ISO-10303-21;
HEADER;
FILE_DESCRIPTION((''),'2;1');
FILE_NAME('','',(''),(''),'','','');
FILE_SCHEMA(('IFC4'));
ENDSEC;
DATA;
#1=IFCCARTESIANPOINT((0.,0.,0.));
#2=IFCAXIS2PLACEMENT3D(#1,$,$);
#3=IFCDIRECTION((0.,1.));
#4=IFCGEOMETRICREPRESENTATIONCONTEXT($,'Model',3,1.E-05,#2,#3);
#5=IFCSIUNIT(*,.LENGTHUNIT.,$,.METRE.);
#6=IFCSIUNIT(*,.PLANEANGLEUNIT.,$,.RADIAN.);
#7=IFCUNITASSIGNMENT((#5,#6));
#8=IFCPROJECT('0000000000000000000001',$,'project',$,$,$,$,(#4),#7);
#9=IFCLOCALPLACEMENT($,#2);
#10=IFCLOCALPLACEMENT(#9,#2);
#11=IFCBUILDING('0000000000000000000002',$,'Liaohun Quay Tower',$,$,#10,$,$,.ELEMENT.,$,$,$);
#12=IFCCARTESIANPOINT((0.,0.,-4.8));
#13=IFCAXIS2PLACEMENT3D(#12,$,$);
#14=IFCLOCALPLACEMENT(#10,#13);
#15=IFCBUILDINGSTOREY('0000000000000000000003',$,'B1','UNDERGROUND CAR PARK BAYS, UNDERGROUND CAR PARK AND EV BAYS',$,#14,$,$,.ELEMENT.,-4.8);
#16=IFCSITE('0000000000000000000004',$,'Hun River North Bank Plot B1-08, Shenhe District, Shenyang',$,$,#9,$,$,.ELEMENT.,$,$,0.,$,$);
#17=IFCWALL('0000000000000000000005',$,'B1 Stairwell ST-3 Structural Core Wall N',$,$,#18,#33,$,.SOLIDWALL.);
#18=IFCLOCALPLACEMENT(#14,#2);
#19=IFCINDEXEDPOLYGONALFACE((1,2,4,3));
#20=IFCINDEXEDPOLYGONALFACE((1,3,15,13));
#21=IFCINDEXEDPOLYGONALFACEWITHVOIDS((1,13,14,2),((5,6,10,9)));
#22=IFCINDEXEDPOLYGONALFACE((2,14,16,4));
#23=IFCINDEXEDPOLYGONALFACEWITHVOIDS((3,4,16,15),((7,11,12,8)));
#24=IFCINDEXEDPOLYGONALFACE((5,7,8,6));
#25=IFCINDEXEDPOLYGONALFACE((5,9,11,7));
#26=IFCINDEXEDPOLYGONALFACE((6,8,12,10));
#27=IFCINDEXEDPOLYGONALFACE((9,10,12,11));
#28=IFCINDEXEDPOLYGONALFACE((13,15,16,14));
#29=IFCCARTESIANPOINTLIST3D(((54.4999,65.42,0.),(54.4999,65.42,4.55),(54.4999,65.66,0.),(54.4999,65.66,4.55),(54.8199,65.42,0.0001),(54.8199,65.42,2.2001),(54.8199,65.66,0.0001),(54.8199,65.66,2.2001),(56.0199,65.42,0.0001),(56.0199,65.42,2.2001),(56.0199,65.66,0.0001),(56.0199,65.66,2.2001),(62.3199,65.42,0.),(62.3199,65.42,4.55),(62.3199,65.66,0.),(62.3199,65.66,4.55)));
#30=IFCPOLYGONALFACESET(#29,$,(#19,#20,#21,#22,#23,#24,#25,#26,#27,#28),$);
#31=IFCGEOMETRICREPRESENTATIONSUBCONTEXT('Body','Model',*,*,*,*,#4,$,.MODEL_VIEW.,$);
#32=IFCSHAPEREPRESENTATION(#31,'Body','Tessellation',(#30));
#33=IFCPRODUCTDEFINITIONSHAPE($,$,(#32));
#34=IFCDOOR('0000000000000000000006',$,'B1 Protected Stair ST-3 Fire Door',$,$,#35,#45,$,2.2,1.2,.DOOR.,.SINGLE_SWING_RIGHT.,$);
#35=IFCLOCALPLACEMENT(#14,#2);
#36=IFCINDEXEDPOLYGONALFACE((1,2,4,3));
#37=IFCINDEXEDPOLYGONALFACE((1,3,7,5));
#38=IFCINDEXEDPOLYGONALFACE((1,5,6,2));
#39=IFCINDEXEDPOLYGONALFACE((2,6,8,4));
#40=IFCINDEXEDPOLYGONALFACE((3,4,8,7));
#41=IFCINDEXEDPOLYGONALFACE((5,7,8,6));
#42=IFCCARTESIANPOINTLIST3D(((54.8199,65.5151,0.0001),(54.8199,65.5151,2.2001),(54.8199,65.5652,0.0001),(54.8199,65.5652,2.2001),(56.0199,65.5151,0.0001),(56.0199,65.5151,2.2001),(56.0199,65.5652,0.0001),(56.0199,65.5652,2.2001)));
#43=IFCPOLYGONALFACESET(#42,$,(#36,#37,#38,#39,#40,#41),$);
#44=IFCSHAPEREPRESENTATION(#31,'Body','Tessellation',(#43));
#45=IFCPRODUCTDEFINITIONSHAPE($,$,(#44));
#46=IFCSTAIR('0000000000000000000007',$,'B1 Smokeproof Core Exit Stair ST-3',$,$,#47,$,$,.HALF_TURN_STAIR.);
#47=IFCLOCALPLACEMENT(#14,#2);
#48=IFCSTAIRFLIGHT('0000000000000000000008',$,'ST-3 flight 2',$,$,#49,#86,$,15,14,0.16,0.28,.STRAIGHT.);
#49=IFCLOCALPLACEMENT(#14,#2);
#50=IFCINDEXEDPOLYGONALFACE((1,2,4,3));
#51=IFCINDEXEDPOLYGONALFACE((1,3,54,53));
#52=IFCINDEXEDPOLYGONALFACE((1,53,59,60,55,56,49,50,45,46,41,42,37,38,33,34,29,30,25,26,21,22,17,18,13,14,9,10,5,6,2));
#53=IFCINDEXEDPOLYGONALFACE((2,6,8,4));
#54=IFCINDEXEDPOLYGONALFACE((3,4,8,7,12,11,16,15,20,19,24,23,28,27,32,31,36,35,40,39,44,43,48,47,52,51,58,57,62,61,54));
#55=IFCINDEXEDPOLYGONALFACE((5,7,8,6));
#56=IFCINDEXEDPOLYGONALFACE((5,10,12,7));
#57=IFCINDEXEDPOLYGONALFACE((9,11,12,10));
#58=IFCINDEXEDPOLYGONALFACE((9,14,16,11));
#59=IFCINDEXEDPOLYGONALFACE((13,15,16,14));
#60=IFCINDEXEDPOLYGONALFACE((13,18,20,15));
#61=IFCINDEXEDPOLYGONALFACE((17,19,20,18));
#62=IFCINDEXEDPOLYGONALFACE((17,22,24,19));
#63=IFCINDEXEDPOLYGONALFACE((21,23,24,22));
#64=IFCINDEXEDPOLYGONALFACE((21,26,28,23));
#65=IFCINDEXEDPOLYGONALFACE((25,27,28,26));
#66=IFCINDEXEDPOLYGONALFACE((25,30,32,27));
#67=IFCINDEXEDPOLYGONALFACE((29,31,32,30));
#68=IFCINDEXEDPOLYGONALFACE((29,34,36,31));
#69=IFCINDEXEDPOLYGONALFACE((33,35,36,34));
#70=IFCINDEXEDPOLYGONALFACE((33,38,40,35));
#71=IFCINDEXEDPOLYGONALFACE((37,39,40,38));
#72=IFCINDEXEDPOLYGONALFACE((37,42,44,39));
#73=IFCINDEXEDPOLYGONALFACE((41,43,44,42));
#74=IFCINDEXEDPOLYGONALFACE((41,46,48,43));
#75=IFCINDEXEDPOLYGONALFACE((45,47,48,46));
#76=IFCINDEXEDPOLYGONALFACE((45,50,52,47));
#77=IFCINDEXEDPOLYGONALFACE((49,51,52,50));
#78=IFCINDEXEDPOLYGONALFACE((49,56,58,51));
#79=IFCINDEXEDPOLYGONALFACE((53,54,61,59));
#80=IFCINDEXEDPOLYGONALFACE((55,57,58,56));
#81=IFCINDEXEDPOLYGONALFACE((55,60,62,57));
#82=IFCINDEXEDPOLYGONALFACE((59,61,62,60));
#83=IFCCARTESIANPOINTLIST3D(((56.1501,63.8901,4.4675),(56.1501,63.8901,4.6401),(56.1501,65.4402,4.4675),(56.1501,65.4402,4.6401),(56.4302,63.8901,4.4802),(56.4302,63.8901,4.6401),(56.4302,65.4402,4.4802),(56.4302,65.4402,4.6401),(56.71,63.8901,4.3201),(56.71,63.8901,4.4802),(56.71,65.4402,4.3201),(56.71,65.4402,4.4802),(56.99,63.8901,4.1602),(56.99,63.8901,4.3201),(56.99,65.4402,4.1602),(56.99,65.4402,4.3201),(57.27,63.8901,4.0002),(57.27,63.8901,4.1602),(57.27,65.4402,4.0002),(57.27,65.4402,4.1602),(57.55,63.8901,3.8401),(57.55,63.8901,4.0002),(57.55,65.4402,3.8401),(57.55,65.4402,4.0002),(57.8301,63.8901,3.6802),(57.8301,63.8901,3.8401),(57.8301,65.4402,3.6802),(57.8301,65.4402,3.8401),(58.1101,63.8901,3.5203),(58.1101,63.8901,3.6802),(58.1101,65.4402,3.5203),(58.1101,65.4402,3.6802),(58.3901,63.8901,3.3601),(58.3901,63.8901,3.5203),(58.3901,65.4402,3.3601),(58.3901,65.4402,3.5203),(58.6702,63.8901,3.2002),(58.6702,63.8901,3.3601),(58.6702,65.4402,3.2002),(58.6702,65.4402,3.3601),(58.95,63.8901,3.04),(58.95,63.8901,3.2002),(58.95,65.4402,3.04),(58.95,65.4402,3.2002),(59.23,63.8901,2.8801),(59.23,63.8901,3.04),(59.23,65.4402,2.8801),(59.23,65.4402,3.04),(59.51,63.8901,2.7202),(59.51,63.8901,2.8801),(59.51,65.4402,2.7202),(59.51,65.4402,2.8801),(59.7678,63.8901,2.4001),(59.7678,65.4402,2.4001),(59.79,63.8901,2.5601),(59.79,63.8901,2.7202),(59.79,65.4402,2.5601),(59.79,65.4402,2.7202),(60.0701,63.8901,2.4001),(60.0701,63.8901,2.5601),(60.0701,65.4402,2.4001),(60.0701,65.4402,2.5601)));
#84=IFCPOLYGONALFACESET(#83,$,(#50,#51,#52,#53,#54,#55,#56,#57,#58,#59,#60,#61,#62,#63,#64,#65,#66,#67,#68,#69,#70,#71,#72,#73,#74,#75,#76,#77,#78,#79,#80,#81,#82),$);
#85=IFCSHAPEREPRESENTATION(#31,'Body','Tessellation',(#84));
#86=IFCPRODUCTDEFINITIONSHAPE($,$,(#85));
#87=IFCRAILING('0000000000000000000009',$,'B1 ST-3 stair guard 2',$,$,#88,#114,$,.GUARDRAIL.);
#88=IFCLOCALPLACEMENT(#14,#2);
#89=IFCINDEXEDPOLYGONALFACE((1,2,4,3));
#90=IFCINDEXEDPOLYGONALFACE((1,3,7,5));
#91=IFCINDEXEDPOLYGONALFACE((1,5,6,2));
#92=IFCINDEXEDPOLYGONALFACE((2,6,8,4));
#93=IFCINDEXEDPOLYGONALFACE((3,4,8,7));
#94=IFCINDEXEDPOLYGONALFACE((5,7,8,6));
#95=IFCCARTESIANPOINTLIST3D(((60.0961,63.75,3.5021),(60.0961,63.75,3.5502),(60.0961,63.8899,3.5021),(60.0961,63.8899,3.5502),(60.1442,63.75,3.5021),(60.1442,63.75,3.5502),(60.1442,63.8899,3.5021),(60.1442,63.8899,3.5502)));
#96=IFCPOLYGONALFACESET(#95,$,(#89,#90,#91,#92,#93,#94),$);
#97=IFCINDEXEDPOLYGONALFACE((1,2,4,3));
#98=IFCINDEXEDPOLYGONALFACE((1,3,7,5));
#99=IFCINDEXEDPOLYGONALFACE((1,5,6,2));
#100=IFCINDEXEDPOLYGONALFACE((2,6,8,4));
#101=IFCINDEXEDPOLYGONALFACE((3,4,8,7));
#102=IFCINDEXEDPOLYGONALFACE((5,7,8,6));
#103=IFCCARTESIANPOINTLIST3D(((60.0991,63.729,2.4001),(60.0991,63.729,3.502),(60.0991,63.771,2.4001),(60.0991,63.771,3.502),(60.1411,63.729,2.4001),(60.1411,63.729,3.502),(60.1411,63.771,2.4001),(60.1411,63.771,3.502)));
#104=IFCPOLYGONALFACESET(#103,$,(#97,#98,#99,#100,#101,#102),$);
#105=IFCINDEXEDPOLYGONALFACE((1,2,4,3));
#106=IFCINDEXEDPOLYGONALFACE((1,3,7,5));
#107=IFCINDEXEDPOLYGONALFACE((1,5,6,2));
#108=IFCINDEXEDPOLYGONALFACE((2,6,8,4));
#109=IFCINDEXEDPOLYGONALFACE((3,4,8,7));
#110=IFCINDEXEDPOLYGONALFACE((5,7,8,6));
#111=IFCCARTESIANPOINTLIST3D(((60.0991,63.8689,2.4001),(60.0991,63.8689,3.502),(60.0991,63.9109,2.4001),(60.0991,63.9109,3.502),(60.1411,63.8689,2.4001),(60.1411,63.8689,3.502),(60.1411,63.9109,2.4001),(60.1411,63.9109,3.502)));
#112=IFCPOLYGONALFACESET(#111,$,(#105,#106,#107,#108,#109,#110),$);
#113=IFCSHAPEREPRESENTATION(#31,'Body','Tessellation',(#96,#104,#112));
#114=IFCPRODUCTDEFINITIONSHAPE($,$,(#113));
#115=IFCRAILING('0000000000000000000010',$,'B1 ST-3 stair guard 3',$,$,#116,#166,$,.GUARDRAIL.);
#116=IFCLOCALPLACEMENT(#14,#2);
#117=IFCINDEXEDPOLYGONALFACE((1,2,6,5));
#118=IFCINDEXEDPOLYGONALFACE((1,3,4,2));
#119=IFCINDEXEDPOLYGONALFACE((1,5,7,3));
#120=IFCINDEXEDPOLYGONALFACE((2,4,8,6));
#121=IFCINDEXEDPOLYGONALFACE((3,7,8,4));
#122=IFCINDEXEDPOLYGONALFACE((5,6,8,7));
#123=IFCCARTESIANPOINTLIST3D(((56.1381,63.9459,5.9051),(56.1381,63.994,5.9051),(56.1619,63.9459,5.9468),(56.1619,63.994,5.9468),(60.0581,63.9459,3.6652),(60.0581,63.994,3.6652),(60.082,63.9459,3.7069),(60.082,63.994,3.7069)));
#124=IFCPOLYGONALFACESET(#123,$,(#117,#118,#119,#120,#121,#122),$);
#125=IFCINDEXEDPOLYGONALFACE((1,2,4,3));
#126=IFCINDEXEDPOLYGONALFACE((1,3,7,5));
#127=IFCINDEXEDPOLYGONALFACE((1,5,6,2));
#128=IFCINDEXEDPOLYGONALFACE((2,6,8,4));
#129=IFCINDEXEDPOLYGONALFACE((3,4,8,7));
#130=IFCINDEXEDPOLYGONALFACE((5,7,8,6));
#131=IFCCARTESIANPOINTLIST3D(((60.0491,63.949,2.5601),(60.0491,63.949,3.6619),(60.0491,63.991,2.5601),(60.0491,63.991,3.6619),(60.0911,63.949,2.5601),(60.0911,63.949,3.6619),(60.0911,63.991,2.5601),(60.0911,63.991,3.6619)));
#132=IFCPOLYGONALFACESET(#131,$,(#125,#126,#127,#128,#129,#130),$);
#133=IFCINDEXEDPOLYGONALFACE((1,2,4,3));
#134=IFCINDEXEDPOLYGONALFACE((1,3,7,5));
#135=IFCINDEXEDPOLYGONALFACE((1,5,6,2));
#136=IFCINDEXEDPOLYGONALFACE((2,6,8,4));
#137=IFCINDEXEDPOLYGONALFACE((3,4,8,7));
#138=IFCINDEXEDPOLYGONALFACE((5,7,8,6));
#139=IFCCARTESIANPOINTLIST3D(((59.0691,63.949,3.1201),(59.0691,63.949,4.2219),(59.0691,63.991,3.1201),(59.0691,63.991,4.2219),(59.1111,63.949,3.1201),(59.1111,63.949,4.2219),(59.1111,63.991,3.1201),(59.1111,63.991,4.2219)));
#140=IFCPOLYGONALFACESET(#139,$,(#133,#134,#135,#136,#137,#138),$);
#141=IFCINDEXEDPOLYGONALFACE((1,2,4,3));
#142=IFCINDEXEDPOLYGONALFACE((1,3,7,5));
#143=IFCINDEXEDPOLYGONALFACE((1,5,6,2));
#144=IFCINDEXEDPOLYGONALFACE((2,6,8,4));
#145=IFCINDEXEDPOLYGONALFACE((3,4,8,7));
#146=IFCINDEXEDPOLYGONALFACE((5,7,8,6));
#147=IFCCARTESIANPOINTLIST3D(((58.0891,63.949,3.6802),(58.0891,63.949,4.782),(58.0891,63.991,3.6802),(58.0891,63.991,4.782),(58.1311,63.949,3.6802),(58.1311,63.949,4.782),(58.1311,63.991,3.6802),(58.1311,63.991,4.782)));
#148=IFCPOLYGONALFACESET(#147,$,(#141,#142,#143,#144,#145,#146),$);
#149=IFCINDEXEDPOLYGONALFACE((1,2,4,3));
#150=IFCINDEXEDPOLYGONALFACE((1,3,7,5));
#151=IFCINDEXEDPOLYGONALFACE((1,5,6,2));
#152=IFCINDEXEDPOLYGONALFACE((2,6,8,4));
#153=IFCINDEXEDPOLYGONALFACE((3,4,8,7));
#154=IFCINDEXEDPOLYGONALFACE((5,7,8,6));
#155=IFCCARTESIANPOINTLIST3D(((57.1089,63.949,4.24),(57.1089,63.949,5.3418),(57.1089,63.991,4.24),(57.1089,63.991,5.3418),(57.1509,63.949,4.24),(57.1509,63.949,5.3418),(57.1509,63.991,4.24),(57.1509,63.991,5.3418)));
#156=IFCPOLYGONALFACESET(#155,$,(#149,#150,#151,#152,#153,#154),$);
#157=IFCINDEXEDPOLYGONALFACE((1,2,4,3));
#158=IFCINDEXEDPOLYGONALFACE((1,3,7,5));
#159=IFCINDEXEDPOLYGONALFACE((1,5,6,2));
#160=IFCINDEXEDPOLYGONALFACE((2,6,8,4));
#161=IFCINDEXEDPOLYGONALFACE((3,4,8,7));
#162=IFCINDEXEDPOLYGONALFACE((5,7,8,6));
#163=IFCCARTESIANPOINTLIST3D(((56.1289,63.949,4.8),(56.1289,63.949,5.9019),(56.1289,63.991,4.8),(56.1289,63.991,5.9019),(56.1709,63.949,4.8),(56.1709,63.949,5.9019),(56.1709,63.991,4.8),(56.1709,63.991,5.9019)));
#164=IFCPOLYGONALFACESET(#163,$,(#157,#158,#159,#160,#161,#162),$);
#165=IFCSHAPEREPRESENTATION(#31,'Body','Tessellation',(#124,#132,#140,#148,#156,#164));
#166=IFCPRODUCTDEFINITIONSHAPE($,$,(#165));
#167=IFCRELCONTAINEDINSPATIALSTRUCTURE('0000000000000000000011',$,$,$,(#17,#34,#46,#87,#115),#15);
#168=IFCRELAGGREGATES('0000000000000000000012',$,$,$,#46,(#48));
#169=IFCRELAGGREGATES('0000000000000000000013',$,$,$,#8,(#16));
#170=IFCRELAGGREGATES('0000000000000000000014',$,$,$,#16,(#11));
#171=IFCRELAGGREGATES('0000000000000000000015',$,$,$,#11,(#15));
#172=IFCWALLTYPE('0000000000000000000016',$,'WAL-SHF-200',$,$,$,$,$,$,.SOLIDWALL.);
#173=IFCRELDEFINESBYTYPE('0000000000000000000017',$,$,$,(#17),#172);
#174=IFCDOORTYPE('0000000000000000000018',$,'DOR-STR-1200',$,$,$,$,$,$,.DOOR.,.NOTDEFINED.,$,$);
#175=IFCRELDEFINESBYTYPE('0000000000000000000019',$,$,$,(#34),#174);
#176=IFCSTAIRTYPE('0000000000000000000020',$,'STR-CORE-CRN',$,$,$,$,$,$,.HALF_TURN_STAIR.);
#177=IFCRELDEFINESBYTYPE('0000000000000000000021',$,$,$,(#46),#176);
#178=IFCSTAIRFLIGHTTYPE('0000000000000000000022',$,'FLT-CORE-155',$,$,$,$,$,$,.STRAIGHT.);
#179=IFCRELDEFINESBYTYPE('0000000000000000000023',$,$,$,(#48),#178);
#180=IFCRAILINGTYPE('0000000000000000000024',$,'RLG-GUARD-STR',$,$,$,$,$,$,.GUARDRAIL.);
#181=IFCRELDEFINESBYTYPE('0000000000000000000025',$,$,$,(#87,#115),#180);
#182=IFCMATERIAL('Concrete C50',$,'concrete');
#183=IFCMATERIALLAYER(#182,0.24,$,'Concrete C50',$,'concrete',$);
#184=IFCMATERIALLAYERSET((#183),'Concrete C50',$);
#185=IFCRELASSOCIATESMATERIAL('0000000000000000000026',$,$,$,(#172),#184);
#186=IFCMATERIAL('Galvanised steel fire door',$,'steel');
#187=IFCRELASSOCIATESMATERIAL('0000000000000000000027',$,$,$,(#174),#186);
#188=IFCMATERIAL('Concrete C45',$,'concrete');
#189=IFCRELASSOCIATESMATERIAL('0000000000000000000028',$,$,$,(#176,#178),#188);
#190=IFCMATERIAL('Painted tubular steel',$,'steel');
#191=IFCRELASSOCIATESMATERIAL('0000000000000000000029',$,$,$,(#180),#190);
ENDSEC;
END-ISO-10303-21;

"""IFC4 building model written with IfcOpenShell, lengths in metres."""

from ifc_helpers import new_model, si_unit, direction, frame, frame_2d, origin, origin_2d, place, context, subcontext, project, spatial, polyline, rectangle, outline, extrude, source, transform, mapped, material, layer, layer_set, type_object, element, fill, aggregate, save


model = new_model("IFC4")

# Units and contexts
model_context = context("Model", 3, precision=1e-05, world=origin(), true_north=direction((0.0, 1.0)))
body_context = subcontext(model_context, "Body", "Model", "MODEL_VIEW")
ifc_project = project(units=[si_unit("LENGTHUNIT", "METRE"), si_unit("PLANEANGLEUNIT", "RADIAN")], contexts=[model_context])

# Site, building, storey
site_placement = place(None, origin())
site = spatial("IfcSite", under=ifc_project, at=site_placement, Name="Hun River North Bank Plot B1-08, Shenhe District, Shenyang", CompositionType="ELEMENT", RefElevation=0.0)
building_placement = place(site_placement, origin())
building = spatial("IfcBuilding", under=site, at=building_placement, Name="Liaohun Quay Tower", CompositionType="ELEMENT")
storey_placement = place(building_placement, frame((0.0, 0.0, -4.8)))
storey = spatial("IfcBuildingStorey", under=building, at=storey_placement, Name="B1", Description="UNDERGROUND CAR PARK BAYS, UNDERGROUND CAR PARK AND EV BAYS", CompositionType="ELEMENT", Elevation=-4.8)

# Shared definitions
ifc_material_1 = material(Name="Concrete C50", Category="concrete")

# Shared definitions
ifc_layer_1 = layer(ifc_material_1, 0.24, Name="Concrete C50", Category="concrete")
ifc_layer_set_1 = layer_set([ifc_layer_1], Name="Concrete C50")
wall_type_1 = type_object("IfcWallType", Name="WAL-SHF-200", PredefinedType="SOLIDWALL", material=ifc_layer_set_1)

# Wall, opening, door
wall_1_placement = place(storey_placement, frame((62.3201, 65.54, 0.0), z_axis=(0.0, 0.0, 1.0), x_axis=(-1.0, 0.0, 0.0)))
wall_1 = element("IfcWall", 1, at=wall_1_placement, inside=storey, type_object=wall_type_1, Name="B1 Stairwell ST-3 Structural Core Wall N", PredefinedType="SOLIDWALL", context=body_context, shape_type="SweptSolid", body=[
    extrude(rectangle(XDim=7.8201, YDim=0.24, at=frame_2d((3.9102, 0.0))), origin(), (0.0, 0.0, 1.0), 4.55),
])
shared_shape_1 = source(origin(), body_context, "Body", "SweptSolid", [
    extrude(rectangle(XDim=1.2, YDim=2.2, at=frame_2d((0.6001, 1.1001))), frame((0.0, 0.1299, 0.0), z_axis=(0.0, -1.0, 0.0), x_axis=(1.0, 0.0, 0.0)), (0.0, 0.0, 1.0), 0.26),
])
opening_1_placement = place(wall_1_placement, frame((6.3, 0.0, 0.0)))
opening_1 = element("IfcOpeningElement", 2, at=opening_1_placement, cuts=wall_1, PredefinedType="OPENING", context=body_context, shape_type="MappedRepresentation", body=[
    mapped(shared_shape_1, transform((0.0, 0.0, 0.0), x_axis=(1.0, 0.0, 0.0), y_axis=(0.0, 1.0, 0.0), z_axis=(0.0, 0.0, 1.0), scale=1.0)),
])
ifc_material_2 = material(Name="Galvanised steel fire door", Category="steel")
door_type_1 = type_object("IfcDoorType", Name="DOR-STR-1200", OperationType="NOTDEFINED", PredefinedType="DOOR", material=ifc_material_2)
shared_shape_2 = source(origin(), body_context, "Body", "SweptSolid", [
    extrude(rectangle(XDim=1.2, YDim=2.2, at=frame_2d((0.6001, 1.1001))), frame((0.0, 0.0249, 0.0), z_axis=(0.0, -1.0, 0.0), x_axis=(1.0, 0.0, 0.0)), (0.0, 0.0, 1.0), 0.05),
])
door_1_placement = place(opening_1_placement, origin())
door_1 = element("IfcDoor", 3, at=door_1_placement, inside=storey, type_object=door_type_1, Name="B1 Protected Stair ST-3 Fire Door", OperationType="SINGLE_SWING_RIGHT", OverallHeight=2.2, OverallWidth=1.2, PredefinedType="DOOR", context=body_context, shape_type="MappedRepresentation", body=[
    mapped(shared_shape_2, transform((0.0, 0.0, 0.0), x_axis=(1.0, 0.0, 0.0), y_axis=(0.0, 1.0, 0.0), z_axis=(0.0, 0.0, 1.0), scale=1.0)),
])
fill(opening_1, door_1)

# Stair, stair flight
ifc_material_3 = material(Name="Concrete C45", Category="concrete")
stair_type = type_object("IfcStairType", Name="STR-CORE-CRN", PredefinedType="HALF_TURN_STAIR", material=ifc_material_3)
stair_placement = place(storey_placement, origin())
stair = element("IfcStair", 4, at=stair_placement, inside=storey, type_object=stair_type, Name="B1 Smokeproof Core Exit Stair ST-3", PredefinedType="HALF_TURN_STAIR")
stair_flight_type = type_object("IfcStairFlightType", Name="FLT-CORE-155", PredefinedType="STRAIGHT", material=ifc_material_3)
stair_flight_placement = place(storey_placement, frame((60.0701, 64.665, 2.4001), z_axis=(0.0, 0.0, 1.0), x_axis=(-1.0, 0.0, 0.0)))
stair_flight = element("IfcStairFlight", 5, at=stair_flight_placement, type_object=stair_flight_type, Name="ST-3 flight 2", NumberOfRisers=15, NumberOfTreads=14, PredefinedType="STRAIGHT", RiserHeight=0.16, TreadLength=0.28, context=body_context, shape_type="SweptSolid", body=[
    extrude(outline(polyline([(0.0, 0.0), (0.0, 0.1599), (0.28, 0.1599), (0.28, 0.3201), (0.5601, 0.3201), (0.5601, 0.48), (0.8401, 0.48), (0.8401, 0.6399), (1.1201, 0.6399), (1.1201, 0.8), (1.3999, 0.8), (1.3999, 0.96), (1.6799, 0.96), (1.6799, 1.1201), (1.96, 1.1201), (1.96, 1.28), (2.24, 1.28), (2.24, 1.4399), (2.52, 1.4399), (2.52, 1.6001), (2.8, 1.6001), (2.8, 1.76), (3.0801, 1.76), (3.0801, 1.9199), (3.3601, 1.9199), (3.3601, 2.0801), (3.6399, 2.0801), (3.6399, 2.24), (3.9199, 2.24), (3.9199, 2.3999), (3.9199, 2.0674), (0.3022, 0.0), (0.0, 0.0)])), frame((0.0, 0.7749, 0.0), z_axis=(0.0, -1.0, 0.0), x_axis=(1.0, 0.0, 0.0)), (0.0, 0.0, 1.0), 1.55),
])
aggregate(stair, [stair_flight])

# Railings
ifc_material_4 = material(Name="Painted tubular steel", Category="steel")
railing_type_1 = type_object("IfcRailingType", Name="RLG-GUARD-STR", PredefinedType="GUARDRAIL", material=ifc_material_4)
railing_1_placement = place(storey_placement, frame((60.1201, 63.75, 2.4001)))
element("IfcRailing", 6, at=railing_1_placement, inside=storey, type_object=railing_type_1, Name="B1 ST-3 stair guard 2", PredefinedType="GUARDRAIL", context=body_context, shape_type="SweptSolid", body=[
    extrude(rectangle(XDim=0.0481, YDim=0.0481, at=origin_2d()), frame((0.0, 0.0, 1.126), z_axis=(0.0, 1.0, 0.0), x_axis=(-1.0, 0.0, 0.0)), (0.0, 0.0, 1.0), 0.1399),
    extrude(rectangle(XDim=0.042, YDim=0.042, at=origin_2d()), origin(), (0.0, 0.0, 1.0), 1.1018),
    extrude(rectangle(XDim=0.042, YDim=0.042, at=origin_2d()), frame((0.0, 0.1399, 0.0)), (0.0, 0.0, 1.0), 1.1018),
])
railing_2_placement = place(storey_placement, frame((60.0701, 63.97, 2.5601)))
element("IfcRailing", 7, at=railing_2_placement, inside=storey, type_object=railing_type_1, Name="B1 ST-3 stair guard 3", PredefinedType="GUARDRAIL", context=body_context, shape_type="SweptSolid", body=[
    extrude(rectangle(XDim=0.0481, YDim=0.0481, at=origin_2d()), frame((0.0, 0.0, 1.126), z_axis=(-0.868253, 0.0, 0.496121), x_axis=(0.0, -1.0, 0.0)), (0.0, 0.0, 1.0), 4.5149),
    extrude(rectangle(XDim=0.042, YDim=0.042, at=origin_2d()), origin(), (0.0, 0.0, 1.0), 1.1018),
    extrude(rectangle(XDim=0.042, YDim=0.042, at=origin_2d()), frame((-0.98, 0.0, 0.5601)), (0.0, 0.0, 1.0), 1.1018),
    extrude(rectangle(XDim=0.042, YDim=0.042, at=origin_2d()), frame((-1.96, 0.0, 1.1201)), (0.0, 0.0, 1.0), 1.1018),
    extrude(rectangle(XDim=0.042, YDim=0.042, at=origin_2d()), frame((-2.9402, 0.0, 1.6799)), (0.0, 0.0, 1.0), 1.1018),
    extrude(rectangle(XDim=0.042, YDim=0.042, at=origin_2d()), frame((-3.9202, 0.0, 2.24)), (0.0, 0.0, 1.0), 1.1018),
])

save(model, "model.ifc")
